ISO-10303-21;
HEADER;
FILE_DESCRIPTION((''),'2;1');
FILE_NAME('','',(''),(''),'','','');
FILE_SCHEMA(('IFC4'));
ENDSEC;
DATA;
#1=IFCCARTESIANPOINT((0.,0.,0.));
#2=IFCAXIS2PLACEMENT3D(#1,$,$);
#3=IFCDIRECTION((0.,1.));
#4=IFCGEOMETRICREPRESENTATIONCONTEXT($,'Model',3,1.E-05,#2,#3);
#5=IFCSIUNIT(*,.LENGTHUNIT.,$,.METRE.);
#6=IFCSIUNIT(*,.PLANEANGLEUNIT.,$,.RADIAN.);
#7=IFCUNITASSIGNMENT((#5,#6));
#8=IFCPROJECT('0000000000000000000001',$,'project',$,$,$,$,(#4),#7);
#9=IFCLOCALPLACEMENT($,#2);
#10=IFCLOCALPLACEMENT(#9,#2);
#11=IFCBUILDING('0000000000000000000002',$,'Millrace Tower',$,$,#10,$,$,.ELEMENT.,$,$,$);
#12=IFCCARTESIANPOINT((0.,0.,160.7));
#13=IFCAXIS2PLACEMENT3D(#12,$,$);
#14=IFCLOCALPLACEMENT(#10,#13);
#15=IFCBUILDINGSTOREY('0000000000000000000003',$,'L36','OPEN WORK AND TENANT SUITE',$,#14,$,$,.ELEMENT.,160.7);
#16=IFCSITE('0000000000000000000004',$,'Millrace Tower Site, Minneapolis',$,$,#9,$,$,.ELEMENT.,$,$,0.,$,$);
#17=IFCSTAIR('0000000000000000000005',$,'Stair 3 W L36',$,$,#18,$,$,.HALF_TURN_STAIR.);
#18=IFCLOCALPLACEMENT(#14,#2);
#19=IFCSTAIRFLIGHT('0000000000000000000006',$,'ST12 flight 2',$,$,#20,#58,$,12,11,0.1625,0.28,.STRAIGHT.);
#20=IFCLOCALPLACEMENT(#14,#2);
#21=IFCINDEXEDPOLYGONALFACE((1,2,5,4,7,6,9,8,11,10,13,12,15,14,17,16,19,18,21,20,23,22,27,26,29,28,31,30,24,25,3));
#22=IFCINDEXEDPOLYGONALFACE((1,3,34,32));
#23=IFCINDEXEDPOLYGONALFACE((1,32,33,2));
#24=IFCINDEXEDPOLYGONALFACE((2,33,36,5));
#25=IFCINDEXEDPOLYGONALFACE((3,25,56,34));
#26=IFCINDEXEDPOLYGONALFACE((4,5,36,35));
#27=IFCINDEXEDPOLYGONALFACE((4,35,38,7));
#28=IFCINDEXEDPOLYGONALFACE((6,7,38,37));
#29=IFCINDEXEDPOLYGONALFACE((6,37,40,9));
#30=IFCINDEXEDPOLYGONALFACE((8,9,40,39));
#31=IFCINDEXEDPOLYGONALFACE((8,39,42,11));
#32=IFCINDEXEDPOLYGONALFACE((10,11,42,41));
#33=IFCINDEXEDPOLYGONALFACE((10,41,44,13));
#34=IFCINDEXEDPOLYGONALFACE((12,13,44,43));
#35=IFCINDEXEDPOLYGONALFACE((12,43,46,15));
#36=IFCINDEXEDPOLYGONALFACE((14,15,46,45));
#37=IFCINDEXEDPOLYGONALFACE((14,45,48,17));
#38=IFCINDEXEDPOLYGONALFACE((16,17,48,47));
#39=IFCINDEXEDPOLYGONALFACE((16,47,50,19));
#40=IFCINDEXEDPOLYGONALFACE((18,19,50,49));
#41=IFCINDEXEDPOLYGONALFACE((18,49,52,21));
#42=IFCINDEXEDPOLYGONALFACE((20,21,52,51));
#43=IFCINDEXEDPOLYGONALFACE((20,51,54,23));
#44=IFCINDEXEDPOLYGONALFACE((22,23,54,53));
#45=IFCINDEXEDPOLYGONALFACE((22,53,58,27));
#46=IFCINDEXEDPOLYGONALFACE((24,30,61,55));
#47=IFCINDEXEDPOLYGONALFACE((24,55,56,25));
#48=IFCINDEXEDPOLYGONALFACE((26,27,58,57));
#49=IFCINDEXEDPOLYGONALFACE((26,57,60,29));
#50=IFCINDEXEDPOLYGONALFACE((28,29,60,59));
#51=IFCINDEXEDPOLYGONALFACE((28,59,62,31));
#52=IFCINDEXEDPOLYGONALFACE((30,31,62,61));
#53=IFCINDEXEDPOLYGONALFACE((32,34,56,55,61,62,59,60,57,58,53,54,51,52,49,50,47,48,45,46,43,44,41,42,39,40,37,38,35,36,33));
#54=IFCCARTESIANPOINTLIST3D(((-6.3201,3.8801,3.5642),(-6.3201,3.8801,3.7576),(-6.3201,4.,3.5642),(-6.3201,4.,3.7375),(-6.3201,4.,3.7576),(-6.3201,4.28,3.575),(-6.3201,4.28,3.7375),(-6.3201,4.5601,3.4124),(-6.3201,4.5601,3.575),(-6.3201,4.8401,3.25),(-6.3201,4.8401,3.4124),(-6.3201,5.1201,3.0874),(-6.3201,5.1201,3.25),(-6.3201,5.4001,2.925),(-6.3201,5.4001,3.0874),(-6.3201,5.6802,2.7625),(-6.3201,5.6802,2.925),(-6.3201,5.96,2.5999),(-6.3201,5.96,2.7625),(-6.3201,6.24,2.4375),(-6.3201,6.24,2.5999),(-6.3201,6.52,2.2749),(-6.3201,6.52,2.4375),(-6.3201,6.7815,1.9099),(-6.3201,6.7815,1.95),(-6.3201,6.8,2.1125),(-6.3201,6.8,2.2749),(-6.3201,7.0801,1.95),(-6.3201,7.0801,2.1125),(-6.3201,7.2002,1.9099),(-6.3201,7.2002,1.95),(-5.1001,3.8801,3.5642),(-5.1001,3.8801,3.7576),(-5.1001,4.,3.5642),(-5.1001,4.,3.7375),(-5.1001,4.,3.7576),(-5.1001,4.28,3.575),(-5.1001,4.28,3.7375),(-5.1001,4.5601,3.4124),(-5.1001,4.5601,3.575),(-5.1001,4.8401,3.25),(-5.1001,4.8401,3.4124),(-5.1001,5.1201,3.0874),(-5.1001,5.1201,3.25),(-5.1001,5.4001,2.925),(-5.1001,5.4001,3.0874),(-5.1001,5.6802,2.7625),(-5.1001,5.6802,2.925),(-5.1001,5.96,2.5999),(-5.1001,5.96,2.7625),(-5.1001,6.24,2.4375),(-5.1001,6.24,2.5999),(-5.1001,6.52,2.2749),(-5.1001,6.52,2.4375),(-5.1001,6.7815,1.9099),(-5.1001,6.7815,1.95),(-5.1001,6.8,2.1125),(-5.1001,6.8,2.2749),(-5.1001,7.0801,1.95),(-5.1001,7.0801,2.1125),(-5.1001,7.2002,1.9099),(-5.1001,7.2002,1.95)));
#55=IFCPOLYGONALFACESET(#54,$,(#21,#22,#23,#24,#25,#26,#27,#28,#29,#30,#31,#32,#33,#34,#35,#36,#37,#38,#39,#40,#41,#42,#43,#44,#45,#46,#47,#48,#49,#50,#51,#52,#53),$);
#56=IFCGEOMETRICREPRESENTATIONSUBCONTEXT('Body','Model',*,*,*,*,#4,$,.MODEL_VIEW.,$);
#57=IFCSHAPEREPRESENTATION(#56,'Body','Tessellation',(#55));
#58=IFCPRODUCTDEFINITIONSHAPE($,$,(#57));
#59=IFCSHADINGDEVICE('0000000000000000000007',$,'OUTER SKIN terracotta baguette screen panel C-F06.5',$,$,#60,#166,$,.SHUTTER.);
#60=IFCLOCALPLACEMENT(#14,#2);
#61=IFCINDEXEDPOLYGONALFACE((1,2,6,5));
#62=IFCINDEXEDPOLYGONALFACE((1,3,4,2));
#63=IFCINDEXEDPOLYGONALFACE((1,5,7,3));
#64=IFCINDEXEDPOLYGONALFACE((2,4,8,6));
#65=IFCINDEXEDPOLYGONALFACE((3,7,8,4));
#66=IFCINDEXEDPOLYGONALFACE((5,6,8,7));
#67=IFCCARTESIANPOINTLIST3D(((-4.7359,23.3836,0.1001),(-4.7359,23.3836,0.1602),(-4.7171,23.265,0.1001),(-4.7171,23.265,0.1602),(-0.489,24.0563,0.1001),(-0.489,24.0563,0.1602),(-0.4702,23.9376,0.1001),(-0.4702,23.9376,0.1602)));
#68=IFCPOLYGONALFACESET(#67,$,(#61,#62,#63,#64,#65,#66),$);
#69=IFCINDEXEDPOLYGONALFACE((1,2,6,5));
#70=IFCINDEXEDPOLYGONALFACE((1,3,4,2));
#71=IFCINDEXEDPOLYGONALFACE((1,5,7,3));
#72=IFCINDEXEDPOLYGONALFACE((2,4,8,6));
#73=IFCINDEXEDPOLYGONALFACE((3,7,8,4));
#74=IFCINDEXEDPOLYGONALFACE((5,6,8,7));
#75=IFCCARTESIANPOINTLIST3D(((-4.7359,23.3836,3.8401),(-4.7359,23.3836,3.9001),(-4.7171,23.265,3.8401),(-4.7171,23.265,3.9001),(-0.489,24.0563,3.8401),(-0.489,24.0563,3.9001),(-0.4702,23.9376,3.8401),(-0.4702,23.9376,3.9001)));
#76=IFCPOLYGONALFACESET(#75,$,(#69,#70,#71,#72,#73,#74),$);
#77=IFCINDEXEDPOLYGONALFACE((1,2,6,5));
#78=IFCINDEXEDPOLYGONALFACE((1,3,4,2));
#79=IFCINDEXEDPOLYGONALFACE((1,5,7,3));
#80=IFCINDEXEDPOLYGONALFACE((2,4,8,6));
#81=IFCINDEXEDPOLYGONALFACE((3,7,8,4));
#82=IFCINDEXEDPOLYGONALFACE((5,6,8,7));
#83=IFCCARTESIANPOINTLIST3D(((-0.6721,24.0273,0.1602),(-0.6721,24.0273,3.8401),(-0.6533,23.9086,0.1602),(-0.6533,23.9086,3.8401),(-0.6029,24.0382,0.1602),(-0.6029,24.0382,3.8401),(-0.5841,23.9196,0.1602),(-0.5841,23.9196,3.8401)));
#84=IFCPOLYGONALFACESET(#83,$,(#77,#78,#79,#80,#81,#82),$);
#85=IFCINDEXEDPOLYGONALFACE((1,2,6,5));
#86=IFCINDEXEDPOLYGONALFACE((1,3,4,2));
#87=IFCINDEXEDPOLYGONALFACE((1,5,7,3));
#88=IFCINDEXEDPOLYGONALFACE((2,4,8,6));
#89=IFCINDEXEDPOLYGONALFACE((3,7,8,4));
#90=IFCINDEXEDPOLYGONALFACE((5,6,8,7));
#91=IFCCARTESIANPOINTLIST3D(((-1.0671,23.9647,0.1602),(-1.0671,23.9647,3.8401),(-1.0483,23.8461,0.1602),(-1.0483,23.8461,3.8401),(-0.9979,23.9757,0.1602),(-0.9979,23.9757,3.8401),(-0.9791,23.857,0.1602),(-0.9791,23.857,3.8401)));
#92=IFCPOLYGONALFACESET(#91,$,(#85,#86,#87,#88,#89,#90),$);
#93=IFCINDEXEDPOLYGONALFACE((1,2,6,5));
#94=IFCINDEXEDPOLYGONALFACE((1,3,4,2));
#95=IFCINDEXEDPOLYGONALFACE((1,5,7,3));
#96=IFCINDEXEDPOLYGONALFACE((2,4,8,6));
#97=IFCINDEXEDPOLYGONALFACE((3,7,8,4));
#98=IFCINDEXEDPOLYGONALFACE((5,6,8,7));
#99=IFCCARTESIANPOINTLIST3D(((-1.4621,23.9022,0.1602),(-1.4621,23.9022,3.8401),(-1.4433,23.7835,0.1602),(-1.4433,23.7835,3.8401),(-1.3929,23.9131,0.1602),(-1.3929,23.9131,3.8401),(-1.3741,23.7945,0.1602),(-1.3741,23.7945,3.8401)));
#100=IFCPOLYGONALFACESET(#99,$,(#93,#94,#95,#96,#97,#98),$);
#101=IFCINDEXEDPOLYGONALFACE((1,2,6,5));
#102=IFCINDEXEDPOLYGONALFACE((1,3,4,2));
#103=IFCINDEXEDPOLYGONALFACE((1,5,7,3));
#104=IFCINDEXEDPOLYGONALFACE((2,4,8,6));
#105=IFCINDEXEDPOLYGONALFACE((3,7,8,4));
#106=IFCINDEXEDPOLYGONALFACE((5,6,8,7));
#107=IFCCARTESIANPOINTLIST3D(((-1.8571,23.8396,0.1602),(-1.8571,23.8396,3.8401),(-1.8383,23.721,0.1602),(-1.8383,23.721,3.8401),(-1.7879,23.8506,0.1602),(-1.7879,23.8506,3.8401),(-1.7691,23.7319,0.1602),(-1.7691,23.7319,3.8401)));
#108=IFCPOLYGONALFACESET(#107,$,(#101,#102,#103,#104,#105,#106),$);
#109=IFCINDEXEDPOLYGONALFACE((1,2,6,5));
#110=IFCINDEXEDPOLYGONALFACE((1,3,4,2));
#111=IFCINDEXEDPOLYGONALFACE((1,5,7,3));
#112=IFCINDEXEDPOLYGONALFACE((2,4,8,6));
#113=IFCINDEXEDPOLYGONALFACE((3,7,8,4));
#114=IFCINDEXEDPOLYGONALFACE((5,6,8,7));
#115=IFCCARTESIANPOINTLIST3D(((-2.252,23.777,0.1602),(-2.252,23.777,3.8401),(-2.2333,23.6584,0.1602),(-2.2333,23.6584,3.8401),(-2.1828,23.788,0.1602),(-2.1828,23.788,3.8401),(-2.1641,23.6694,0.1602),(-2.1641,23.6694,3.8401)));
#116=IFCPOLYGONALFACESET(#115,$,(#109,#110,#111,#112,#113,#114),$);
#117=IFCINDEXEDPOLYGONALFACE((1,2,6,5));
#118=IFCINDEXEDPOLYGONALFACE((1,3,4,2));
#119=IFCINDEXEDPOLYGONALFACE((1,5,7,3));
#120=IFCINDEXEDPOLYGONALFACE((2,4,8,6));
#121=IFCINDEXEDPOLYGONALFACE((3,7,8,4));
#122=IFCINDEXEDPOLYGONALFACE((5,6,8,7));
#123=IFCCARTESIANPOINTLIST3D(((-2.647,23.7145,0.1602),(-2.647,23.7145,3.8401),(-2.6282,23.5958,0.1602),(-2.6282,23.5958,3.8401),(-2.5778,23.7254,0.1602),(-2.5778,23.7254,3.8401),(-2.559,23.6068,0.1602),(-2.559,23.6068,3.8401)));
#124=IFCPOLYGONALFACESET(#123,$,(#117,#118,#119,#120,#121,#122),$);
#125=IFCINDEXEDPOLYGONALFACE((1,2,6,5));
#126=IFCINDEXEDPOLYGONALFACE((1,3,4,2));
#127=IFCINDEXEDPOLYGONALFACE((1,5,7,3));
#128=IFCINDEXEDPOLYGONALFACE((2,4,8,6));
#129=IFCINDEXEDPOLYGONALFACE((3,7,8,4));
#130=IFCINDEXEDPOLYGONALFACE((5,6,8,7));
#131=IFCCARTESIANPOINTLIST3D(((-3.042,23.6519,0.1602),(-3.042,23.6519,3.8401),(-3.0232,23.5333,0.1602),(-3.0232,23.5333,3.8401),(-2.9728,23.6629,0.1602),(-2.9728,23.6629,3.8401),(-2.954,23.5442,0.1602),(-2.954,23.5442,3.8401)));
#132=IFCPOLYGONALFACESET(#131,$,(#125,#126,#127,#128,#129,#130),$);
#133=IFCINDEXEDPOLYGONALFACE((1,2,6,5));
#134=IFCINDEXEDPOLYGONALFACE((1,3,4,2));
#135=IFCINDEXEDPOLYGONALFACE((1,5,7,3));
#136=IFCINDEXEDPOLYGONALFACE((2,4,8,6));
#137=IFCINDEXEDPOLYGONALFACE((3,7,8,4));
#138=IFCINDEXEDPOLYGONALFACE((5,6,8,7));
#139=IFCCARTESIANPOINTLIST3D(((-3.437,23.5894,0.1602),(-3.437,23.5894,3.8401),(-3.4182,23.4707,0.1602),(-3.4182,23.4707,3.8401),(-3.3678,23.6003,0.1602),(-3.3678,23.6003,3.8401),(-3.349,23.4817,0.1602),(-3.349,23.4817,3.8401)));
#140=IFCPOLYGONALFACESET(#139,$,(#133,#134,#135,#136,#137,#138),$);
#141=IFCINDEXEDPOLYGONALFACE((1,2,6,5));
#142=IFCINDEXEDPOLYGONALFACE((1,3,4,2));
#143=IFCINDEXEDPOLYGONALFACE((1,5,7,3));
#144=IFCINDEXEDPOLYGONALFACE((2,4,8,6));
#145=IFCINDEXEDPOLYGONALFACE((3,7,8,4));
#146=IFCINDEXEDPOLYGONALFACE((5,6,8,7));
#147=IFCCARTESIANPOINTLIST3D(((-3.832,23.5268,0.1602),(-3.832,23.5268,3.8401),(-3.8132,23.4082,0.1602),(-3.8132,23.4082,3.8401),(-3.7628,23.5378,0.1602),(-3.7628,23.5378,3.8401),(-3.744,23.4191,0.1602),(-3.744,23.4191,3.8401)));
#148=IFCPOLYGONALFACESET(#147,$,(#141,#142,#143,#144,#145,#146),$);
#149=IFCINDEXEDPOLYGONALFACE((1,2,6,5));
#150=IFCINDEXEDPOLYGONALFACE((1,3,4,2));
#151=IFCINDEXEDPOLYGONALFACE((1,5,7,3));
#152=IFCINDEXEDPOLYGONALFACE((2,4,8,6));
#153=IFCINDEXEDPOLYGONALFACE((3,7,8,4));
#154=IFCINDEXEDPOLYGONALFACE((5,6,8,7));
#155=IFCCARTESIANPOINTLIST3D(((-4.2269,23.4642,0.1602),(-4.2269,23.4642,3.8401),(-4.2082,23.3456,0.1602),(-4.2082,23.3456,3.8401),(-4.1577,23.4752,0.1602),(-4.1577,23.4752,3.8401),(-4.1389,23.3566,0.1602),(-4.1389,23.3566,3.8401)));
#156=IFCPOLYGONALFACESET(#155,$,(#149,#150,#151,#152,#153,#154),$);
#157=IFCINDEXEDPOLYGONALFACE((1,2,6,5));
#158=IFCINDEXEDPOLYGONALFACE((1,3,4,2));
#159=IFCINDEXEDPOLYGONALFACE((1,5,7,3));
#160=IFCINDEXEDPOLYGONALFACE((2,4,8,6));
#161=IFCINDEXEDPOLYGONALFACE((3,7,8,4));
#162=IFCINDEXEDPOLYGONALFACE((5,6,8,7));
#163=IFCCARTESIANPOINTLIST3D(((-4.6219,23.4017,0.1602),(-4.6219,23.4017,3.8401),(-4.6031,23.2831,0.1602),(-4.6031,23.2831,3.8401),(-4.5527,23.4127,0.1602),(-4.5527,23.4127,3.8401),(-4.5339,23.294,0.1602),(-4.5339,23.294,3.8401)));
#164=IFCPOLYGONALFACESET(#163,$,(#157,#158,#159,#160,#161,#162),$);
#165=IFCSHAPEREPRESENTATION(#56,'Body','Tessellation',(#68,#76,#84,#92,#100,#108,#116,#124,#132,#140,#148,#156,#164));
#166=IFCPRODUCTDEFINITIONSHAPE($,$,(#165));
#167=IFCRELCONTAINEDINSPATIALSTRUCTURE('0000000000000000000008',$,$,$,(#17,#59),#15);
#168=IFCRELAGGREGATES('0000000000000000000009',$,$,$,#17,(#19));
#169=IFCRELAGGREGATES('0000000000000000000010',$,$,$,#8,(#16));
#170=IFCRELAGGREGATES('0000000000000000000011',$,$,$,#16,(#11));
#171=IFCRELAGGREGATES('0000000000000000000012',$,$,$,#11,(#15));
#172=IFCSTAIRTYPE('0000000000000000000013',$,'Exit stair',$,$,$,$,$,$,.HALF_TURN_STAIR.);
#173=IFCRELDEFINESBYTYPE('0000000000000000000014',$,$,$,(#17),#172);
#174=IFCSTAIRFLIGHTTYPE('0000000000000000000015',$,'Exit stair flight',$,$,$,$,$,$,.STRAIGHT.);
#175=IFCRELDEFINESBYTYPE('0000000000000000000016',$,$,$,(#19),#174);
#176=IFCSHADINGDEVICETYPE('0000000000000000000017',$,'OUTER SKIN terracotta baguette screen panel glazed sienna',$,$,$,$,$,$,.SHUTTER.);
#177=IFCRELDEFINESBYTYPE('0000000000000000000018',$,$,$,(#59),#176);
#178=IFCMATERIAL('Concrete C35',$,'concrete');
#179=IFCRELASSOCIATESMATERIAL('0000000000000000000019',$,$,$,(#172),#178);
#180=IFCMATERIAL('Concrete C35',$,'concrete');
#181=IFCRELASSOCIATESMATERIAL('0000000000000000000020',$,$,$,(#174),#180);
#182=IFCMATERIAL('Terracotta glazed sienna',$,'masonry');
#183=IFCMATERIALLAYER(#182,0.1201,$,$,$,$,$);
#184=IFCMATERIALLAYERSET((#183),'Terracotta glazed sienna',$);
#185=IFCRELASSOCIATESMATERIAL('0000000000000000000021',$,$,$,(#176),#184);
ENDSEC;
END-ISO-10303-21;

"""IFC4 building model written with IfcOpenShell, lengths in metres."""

from ifc_helpers import new_model, entity, si_unit, direction, frame, frame_2d, origin, origin_2d, place, context, subcontext, project, spatial, polyline, rectangle, outline, extrude, source, transform, mapped, material, layer, layer_set, type_object, element, aggregate, save


model = new_model("IFC4")

# Units and contexts
model_context = context("Model", 3, precision=1e-05, world=origin(), true_north=direction((0.0, 1.0)))
body_context = subcontext(model_context, "Body", "Model", "MODEL_VIEW")
ifc_project = project(units=[si_unit("LENGTHUNIT", "METRE"), si_unit("PLANEANGLEUNIT", "RADIAN")], contexts=[model_context])

# Site, building, storey
site_placement = place(None, origin())
site = spatial("IfcSite", under=ifc_project, at=site_placement, Name="Millrace Tower Site, Minneapolis", CompositionType="ELEMENT", RefElevation=0.0)
building_placement = place(site_placement, origin())
building = spatial("IfcBuilding", under=site, at=building_placement, Name="Millrace Tower", CompositionType="ELEMENT")
storey_placement = place(building_placement, frame((0.0, 0.0, 160.7)))
storey = spatial("IfcBuildingStorey", under=building, at=storey_placement, Name="L36", Description="OPEN WORK AND TENANT SUITE", CompositionType="ELEMENT", Elevation=160.7)

# Shared definitions
placement = place(storey_placement, origin())

# Stair, stair flight
ifc_material_1 = material(Name="Concrete C35", Category="concrete")
stair_type = type_object("IfcStairType", Name="Exit stair", PredefinedType="HALF_TURN_STAIR", material=ifc_material_1)
ifc_material_2 = material(Name="Concrete C35", Category="concrete")
stair_flight_type = type_object("IfcStairFlightType", Name="Exit stair flight", PredefinedType="STRAIGHT", material=ifc_material_2)
stair_1 = element("IfcStair", 1, at=placement, inside=storey, type_object=stair_type, Name="Stair 3 W L36", PredefinedType="HALF_TURN_STAIR")
stair_flight_1_placement = place(storey_placement, frame((-5.71, 7.0801, 1.95), z_axis=(0.0, 0.0, 1.0), x_axis=(0.0, -1.0, 0.0)))
stair_flight_1 = element("IfcStairFlight", 2, at=stair_flight_1_placement, type_object=stair_flight_type, Name="ST12 flight 2", NumberOfRisers=12, NumberOfTreads=11, PredefinedType="STRAIGHT", RiserHeight=0.1625, TreadLength=0.28, context=body_context, shape_type="SweptSolid", body=[
    extrude(outline(polyline([(-0.1201, -0.04), (-0.1201, 0.0), (0.0, 0.0), (0.0, 0.1626), (0.28, 0.1626), (0.28, 0.325), (0.5601, 0.325), (0.5601, 0.4875), (0.8401, 0.4875), (0.8401, 0.6499), (1.1201, 0.6499), (1.1201, 0.8125), (1.3999, 0.8125), (1.3999, 0.9751), (1.6799, 0.9751), (1.6799, 1.1375), (1.96, 1.1375), (1.96, 1.3), (2.24, 1.3), (2.24, 1.4624), (2.52, 1.4624), (2.52, 1.625), (2.8, 1.625), (2.8, 1.7876), (3.0801, 1.7876), (3.0801, 1.8076), (3.2, 1.8076), (3.2, 1.6143), (3.0801, 1.6143), (0.2986, 0.0), (0.2986, -0.04), (-0.1201, -0.04)])), frame((0.0, 0.6099, 0.0), z_axis=(0.0, -1.0, 0.0), x_axis=(1.0, 0.0, 0.0)), (0.0, 0.0, 1.0), 1.22),
])
aggregate(stair_1, [stair_flight_1])

# Shading device
ifc_material_3 = material(Name="Terracotta glazed sienna", Category="masonry")
ifc_layer_1 = layer(ifc_material_3, 0.1201)
ifc_layer_set_1 = layer_set([ifc_layer_1], Name="Terracotta glazed sienna")
shading_device_type = type_object("IfcShadingDeviceType", Name="OUTER SKIN terracotta baguette screen panel glazed sienna", PredefinedType="SHUTTER", material=ifc_layer_set_1)
cartesian_point = entity("IfcCartesianPoint", [-2.1499, 0.0601])
shared_polyline = entity("IfcPolyline", [cartesian_point, entity("IfcCartesianPoint", [2.1499, 0.0601]), entity("IfcCartesianPoint", [2.1499, -0.0601]), entity("IfcCartesianPoint", [-2.1499, -0.0601]), cartesian_point])
shared_shape = source(origin(), body_context, "Body", "SweptSolid", [
    entity("IfcExtrudedAreaSolid", entity("IfcArbitraryClosedProfileDef", "AREA", None, shared_polyline), entity("IfcAxis2Placement3D", entity("IfcCartesianPoint", [0.0, 0.0, 0.0])), entity("IfcDirection", [0.0, 0.0, 1.0]), 0.0601),
    entity("IfcExtrudedAreaSolid", entity("IfcArbitraryClosedProfileDef", "AREA", None, shared_polyline), entity("IfcAxis2Placement3D", entity("IfcCartesianPoint", [0.0, 0.0, 3.74])), entity("IfcDirection", [0.0, 0.0, 1.0]), 0.0601),
    extrude(rectangle(XDim=0.0701, YDim=0.1201, at=frame_2d((-1.9995, 0.0))), frame((0.0, 0.0, 0.0601)), (0.0, 0.0, 1.0), 3.6799),
    extrude(rectangle(XDim=0.0701, YDim=0.1201, at=frame_2d((-1.5996, 0.0))), frame((0.0, 0.0, 0.0601)), (0.0, 0.0, 1.0), 3.6799),
    extrude(rectangle(XDim=0.0701, YDim=0.1201, at=frame_2d((-1.1997, 0.0))), frame((0.0, 0.0, 0.0601)), (0.0, 0.0, 1.0), 3.6799),
    extrude(rectangle(XDim=0.0701, YDim=0.1201, at=frame_2d((-0.7998, 0.0))), frame((0.0, 0.0, 0.0601)), (0.0, 0.0, 1.0), 3.6799),
    extrude(rectangle(XDim=0.0701, YDim=0.1201, at=frame_2d((-0.3999, 0.0))), frame((0.0, 0.0, 0.0601)), (0.0, 0.0, 1.0), 3.6799),
    extrude(rectangle(XDim=0.0701, YDim=0.1201, at=origin_2d()), frame((0.0, 0.0, 0.0601)), (0.0, 0.0, 1.0), 3.6799),
    extrude(rectangle(XDim=0.0701, YDim=0.1201, at=frame_2d((0.3999, 0.0))), frame((0.0, 0.0, 0.0601)), (0.0, 0.0, 1.0), 3.6799),
    extrude(rectangle(XDim=0.0701, YDim=0.1201, at=frame_2d((0.7998, 0.0))), frame((0.0, 0.0, 0.0601)), (0.0, 0.0, 1.0), 3.6799),
    extrude(rectangle(XDim=0.0701, YDim=0.1201, at=frame_2d((1.1997, 0.0))), frame((0.0, 0.0, 0.0601)), (0.0, 0.0, 1.0), 3.6799),
    extrude(rectangle(XDim=0.0701, YDim=0.1201, at=frame_2d((1.5996, 0.0))), frame((0.0, 0.0, 0.0601)), (0.0, 0.0, 1.0), 3.6799),
    extrude(rectangle(XDim=0.0701, YDim=0.1201, at=frame_2d((1.9995, 0.0))), frame((0.0, 0.0, 0.0601)), (0.0, 0.0, 1.0), 3.6799),
])
for number, where, z_axis, x_axis, name in (
    (3, (-2.603, 23.6606, 0.1001), (0.0, 0.0, 1.0), (-0.987688, -0.156434, 0.0), "OUTER SKIN terracotta baguette screen panel C-F06.5"),
):
    element("IfcShadingDevice", number, at=place(storey_placement, frame(where, z_axis=z_axis, x_axis=x_axis)), inside=storey, type_object=shading_device_type, Name=name, PredefinedType="SHUTTER", context=body_context, shape_type="MappedRepresentation", body=[
        mapped(shared_shape, transform((0.0, 0.0, 0.0), scale=1.0)),
    ])

save(model, "model.ifc")
